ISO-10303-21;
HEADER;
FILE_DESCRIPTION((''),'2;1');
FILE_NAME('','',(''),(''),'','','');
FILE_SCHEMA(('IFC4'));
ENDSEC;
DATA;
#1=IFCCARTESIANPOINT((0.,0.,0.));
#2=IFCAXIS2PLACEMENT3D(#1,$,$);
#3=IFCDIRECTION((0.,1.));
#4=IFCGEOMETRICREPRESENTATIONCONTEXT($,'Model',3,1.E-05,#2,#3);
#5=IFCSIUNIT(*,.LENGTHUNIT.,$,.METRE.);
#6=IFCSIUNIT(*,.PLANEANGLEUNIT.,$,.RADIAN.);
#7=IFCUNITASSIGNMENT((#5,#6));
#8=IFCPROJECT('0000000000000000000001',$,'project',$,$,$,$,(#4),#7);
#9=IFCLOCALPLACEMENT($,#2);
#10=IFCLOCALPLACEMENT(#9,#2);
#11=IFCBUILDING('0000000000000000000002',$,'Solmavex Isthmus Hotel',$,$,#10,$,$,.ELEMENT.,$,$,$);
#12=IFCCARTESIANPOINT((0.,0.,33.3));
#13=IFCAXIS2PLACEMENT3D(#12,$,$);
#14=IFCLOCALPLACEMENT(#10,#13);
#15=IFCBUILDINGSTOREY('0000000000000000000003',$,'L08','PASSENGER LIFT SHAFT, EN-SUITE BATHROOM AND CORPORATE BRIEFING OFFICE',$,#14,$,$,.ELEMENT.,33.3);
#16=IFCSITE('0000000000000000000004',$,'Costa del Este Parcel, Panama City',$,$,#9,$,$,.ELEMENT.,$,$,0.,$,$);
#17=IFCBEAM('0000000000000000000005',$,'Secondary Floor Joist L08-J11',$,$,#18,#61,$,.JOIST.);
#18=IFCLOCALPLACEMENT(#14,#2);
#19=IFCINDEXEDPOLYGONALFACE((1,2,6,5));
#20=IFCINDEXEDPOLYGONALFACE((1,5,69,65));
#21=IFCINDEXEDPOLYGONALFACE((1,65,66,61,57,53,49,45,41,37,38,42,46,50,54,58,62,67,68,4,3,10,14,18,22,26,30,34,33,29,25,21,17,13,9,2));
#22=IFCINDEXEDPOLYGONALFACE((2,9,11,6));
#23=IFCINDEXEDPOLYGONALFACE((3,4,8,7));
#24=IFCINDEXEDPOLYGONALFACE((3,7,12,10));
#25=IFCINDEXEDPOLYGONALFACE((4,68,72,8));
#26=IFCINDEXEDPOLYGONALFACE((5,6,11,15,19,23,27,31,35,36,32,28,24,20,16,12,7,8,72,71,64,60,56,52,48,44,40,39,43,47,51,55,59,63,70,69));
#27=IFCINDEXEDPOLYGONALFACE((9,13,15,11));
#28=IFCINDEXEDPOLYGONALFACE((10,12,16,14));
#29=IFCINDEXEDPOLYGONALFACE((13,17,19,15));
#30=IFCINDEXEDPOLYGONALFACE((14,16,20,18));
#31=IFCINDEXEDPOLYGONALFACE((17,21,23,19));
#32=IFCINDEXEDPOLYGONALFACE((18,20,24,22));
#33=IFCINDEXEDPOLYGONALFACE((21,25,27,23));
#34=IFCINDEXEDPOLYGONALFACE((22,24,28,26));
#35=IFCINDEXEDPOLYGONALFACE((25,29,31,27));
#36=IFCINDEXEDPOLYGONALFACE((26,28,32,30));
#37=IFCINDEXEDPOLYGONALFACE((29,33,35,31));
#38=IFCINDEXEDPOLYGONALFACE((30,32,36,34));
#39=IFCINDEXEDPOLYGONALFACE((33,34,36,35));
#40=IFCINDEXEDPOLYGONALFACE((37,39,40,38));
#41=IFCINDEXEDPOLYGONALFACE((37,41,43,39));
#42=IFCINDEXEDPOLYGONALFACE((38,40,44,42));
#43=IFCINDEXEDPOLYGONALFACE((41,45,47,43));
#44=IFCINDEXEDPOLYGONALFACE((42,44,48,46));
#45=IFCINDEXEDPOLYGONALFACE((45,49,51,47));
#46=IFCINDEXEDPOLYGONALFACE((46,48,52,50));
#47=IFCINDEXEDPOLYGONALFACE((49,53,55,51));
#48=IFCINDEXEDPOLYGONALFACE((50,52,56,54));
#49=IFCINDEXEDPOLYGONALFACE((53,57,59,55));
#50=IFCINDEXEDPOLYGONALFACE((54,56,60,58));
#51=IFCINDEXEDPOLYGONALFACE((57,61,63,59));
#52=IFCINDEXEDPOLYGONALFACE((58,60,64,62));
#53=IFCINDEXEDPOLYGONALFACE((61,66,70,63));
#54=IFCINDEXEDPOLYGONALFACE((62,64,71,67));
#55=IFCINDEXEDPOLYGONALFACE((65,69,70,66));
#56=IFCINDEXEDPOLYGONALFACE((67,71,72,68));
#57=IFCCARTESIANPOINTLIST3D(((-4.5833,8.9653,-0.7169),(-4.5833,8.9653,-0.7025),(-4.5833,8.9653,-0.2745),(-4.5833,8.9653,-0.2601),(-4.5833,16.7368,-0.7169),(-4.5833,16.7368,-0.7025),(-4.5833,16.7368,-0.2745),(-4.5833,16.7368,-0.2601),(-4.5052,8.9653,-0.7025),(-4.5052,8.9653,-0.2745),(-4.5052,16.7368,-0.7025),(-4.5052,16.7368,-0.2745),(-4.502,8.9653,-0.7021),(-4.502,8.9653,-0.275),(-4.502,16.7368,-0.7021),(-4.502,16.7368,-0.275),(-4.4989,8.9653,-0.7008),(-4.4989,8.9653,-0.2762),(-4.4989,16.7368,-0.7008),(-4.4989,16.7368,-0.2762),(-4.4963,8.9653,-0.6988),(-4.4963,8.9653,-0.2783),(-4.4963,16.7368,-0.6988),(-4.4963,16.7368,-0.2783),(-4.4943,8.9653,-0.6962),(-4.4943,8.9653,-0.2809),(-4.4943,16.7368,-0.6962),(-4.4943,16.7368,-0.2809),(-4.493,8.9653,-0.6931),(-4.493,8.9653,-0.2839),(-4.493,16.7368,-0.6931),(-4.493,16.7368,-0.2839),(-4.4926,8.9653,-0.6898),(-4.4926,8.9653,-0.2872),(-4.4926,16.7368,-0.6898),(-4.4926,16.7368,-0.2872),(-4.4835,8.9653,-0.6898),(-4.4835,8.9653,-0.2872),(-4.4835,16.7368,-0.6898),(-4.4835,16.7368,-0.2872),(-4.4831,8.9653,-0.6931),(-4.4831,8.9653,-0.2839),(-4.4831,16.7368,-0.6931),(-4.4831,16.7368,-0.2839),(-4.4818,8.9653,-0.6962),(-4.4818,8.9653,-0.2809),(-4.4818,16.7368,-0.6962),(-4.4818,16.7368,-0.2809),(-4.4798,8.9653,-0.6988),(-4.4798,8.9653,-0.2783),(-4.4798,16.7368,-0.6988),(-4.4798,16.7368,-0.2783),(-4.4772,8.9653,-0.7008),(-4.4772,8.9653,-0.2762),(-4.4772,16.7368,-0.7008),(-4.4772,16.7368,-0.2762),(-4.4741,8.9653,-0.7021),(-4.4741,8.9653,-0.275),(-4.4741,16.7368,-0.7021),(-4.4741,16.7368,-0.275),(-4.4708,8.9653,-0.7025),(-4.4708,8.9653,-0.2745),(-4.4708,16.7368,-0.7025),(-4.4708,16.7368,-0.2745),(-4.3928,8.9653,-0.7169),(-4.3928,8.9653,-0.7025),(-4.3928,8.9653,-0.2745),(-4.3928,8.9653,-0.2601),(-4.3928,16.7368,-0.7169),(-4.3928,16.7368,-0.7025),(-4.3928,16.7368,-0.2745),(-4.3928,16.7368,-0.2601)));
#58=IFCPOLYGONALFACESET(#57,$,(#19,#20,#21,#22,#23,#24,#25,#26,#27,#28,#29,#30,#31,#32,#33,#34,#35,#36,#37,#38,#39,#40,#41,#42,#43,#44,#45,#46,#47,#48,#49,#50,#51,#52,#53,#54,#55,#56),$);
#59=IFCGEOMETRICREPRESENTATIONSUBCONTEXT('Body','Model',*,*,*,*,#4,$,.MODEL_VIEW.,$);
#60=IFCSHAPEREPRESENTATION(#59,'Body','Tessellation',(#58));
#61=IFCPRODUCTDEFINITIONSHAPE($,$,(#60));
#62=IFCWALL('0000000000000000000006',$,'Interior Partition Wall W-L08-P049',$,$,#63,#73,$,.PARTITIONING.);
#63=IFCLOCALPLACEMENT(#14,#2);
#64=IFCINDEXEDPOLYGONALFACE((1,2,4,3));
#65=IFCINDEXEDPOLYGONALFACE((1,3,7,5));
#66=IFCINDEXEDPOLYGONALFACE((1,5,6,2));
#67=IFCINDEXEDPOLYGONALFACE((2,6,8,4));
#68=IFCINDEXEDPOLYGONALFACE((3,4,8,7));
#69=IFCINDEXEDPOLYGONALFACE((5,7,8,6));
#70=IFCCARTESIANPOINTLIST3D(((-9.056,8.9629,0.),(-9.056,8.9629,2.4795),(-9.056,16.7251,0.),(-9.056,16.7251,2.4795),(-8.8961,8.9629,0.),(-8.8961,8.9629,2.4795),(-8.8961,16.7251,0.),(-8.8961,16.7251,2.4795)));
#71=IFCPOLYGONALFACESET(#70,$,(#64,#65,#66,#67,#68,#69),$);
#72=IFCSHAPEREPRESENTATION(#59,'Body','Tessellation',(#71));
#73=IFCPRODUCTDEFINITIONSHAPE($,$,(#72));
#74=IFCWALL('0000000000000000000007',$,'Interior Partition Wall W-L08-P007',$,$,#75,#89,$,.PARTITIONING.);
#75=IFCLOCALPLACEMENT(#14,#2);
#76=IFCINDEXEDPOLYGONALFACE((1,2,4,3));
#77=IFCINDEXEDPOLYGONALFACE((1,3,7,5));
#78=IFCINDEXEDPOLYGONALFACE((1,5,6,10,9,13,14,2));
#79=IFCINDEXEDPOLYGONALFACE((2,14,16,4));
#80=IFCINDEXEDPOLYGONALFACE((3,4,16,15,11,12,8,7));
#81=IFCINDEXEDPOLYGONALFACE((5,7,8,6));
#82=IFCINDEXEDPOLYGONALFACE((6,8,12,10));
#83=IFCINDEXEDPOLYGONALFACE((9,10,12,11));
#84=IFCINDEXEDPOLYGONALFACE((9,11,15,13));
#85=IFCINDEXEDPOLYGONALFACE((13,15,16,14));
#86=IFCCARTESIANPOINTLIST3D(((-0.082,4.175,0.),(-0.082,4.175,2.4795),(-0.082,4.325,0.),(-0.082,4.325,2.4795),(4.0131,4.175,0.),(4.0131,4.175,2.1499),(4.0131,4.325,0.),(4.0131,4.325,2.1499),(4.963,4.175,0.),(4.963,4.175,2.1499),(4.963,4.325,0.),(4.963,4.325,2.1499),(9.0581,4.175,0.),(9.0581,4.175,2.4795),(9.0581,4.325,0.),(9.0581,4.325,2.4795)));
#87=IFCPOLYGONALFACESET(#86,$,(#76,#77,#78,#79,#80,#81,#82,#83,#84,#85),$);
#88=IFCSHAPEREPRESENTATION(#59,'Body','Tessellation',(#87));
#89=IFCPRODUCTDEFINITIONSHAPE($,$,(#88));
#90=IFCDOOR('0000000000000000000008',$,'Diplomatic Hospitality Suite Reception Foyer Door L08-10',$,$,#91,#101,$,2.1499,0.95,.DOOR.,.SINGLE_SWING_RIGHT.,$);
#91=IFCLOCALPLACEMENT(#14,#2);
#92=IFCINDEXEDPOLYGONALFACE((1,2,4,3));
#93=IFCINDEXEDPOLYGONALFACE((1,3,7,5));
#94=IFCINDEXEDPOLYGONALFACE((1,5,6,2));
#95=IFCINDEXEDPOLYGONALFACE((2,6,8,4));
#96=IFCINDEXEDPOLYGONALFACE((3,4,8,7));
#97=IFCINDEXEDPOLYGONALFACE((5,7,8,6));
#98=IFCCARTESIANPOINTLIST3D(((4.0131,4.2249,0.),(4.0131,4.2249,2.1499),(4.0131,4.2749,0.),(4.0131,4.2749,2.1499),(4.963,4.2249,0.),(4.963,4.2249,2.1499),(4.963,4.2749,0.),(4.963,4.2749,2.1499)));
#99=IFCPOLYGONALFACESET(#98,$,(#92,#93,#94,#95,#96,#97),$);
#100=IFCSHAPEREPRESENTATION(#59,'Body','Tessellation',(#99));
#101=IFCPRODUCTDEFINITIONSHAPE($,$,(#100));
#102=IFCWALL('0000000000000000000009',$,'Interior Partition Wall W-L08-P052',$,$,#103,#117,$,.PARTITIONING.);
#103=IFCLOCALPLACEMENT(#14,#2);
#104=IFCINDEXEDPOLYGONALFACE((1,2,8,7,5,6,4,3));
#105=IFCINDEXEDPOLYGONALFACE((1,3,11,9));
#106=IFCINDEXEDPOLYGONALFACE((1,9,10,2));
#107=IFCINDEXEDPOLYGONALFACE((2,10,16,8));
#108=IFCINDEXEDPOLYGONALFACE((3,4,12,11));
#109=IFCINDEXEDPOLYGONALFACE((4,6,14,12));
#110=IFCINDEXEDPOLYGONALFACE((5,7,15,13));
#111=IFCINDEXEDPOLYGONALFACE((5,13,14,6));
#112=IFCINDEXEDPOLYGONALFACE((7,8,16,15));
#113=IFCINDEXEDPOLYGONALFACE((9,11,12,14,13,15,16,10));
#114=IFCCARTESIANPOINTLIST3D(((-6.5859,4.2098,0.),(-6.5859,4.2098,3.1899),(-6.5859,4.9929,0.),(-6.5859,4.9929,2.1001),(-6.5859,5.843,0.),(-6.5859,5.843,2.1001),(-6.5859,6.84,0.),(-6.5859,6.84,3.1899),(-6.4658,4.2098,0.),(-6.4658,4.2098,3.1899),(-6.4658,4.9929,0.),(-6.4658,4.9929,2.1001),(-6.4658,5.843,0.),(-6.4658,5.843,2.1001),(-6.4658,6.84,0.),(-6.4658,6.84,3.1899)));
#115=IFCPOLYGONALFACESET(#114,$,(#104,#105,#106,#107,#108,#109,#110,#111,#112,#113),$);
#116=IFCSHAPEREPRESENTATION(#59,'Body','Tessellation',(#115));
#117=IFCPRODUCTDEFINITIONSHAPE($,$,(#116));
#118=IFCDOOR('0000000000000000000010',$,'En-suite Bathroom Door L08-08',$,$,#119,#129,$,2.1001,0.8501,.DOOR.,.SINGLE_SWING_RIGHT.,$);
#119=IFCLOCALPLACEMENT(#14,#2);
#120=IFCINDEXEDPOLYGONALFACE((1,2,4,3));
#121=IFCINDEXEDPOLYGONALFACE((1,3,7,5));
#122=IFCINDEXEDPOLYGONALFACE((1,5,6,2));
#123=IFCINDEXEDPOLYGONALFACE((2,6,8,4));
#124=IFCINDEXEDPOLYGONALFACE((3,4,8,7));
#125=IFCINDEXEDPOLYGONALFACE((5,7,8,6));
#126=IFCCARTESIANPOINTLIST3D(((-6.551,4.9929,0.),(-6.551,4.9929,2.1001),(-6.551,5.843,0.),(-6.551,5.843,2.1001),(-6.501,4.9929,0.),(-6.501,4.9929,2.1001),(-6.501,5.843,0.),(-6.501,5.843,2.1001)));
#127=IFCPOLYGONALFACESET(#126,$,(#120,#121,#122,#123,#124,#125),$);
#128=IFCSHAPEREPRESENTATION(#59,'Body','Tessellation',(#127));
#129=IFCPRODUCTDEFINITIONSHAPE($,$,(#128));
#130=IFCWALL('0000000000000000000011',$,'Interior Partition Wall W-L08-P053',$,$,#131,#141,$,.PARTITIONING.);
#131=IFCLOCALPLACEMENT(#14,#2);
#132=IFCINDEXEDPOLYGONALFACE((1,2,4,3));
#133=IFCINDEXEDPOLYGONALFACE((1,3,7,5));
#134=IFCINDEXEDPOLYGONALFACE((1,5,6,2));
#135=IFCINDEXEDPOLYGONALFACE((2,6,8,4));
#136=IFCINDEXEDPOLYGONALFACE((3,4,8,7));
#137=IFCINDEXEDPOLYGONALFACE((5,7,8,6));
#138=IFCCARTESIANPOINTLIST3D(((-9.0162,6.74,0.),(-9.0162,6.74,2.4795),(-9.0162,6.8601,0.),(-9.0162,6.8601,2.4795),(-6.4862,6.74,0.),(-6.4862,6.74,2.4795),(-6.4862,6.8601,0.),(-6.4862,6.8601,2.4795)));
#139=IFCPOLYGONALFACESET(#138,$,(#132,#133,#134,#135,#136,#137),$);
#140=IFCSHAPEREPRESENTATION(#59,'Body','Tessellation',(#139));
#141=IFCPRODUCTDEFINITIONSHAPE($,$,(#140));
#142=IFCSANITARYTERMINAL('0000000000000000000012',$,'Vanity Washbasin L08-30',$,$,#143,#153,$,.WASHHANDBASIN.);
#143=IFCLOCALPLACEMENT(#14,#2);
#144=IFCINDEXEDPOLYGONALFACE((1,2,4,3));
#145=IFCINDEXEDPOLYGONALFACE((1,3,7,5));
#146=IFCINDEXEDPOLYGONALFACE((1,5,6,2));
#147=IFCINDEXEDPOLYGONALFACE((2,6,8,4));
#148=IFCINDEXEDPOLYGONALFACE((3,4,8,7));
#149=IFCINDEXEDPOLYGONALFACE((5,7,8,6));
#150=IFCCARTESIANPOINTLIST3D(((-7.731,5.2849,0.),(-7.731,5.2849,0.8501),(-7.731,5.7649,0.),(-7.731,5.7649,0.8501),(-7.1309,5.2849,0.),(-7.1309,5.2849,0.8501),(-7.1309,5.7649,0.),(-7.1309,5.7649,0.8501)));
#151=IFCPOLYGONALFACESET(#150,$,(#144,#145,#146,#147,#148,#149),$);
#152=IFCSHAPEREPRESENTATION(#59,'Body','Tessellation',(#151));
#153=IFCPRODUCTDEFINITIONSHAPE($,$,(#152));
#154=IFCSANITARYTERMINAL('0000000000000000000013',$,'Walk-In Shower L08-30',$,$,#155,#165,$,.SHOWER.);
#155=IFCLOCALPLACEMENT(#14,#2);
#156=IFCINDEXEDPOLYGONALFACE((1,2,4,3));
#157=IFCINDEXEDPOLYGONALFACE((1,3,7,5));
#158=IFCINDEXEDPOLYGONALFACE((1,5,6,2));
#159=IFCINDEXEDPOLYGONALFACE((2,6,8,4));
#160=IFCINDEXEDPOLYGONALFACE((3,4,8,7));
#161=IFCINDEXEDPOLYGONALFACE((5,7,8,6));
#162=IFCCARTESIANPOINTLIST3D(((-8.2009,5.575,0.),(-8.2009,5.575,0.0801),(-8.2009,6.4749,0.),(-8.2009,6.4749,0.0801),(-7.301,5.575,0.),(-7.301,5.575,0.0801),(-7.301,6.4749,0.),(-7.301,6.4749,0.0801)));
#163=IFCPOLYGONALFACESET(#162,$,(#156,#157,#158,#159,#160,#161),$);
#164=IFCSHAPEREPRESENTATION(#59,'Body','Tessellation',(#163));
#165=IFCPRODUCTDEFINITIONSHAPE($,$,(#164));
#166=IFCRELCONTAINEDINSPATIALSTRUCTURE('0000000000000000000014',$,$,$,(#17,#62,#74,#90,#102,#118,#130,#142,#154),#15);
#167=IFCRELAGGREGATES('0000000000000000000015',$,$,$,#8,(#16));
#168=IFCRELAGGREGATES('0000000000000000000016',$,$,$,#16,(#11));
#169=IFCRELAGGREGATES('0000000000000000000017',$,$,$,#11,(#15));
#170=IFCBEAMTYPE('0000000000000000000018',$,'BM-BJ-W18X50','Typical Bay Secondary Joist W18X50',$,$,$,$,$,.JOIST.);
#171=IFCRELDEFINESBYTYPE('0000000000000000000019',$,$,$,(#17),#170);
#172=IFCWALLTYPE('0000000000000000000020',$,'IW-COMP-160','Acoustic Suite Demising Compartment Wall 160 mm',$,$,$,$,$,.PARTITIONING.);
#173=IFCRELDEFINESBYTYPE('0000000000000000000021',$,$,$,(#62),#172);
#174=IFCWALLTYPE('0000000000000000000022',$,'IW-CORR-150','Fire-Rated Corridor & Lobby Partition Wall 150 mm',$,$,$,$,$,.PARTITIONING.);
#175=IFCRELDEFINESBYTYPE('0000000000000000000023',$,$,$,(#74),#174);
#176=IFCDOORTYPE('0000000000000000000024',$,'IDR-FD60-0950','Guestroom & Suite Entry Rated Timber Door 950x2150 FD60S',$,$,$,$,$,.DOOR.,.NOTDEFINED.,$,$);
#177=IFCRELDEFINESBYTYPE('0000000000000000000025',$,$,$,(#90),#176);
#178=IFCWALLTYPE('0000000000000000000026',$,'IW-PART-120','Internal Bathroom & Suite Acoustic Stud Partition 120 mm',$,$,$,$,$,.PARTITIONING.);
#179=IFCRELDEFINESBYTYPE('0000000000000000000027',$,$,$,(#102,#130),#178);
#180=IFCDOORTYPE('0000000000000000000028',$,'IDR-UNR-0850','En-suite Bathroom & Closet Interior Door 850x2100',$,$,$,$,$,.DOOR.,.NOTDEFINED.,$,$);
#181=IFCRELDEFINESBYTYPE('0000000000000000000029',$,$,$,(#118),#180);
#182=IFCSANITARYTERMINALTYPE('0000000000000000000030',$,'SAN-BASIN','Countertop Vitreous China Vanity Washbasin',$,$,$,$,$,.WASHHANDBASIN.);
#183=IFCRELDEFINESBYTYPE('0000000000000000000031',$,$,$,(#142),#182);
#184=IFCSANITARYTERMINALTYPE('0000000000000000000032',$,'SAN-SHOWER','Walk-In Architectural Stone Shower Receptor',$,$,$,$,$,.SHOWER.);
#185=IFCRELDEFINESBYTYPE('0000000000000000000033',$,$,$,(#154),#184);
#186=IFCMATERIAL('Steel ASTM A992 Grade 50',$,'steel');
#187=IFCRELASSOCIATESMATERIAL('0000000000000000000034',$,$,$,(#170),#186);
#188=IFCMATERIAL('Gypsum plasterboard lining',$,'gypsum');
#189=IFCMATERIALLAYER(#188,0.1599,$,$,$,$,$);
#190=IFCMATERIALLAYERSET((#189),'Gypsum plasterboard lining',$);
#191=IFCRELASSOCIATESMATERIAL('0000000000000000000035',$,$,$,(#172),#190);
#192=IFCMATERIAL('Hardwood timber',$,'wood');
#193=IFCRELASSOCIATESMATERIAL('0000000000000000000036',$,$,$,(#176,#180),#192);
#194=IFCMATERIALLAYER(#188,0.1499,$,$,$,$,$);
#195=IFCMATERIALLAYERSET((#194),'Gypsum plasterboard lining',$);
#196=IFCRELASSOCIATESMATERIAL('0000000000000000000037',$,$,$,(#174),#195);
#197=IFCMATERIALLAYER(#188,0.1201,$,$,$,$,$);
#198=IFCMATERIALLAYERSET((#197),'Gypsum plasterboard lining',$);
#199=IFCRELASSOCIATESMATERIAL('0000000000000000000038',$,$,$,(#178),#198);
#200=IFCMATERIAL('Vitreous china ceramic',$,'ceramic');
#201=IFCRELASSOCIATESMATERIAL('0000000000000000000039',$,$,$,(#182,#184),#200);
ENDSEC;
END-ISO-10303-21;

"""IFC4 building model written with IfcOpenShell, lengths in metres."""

from ifc_helpers import new_model, si_unit, direction, frame, frame_2d, origin, origin_2d, place, context, subcontext, project, spatial, rectangle, i_section, extrude, material, layer, layer_set, material_profile, profile_set, type_object, element, fill, save


model = new_model("IFC4")

# Units and contexts
model_context = context("Model", 3, precision=1e-05, world=origin(), true_north=direction((0.0, 1.0)))
body_context = subcontext(model_context, "Body", "Model", "MODEL_VIEW")
ifc_project = project(units=[si_unit("LENGTHUNIT", "METRE"), si_unit("PLANEANGLEUNIT", "RADIAN")], contexts=[model_context])

# Site, building, storey
site_placement = place(None, origin())
site = spatial("IfcSite", under=ifc_project, at=site_placement, Name="Costa del Este Parcel, Panama City", CompositionType="ELEMENT", RefElevation=0.0)
building_placement = place(site_placement, origin())
building = spatial("IfcBuilding", under=site, at=building_placement, Name="Solmavex Isthmus Hotel", CompositionType="ELEMENT")
storey_placement = place(building_placement, frame((0.0, 0.0, 33.3)))
storey = spatial("IfcBuildingStorey", under=building, at=storey_placement, Name="L08", Description="PASSENGER LIFT SHAFT, EN-SUITE BATHROOM AND CORPORATE BRIEFING OFFICE", CompositionType="ELEMENT", Elevation=33.3)

# Beam
ifc_material_1 = material(Name="Steel ASTM A992 Grade 50", Category="steel")
ifc_material_profile_1 = material_profile(ifc_material_1, i_section(OverallWidth=0.1904, OverallDepth=0.4568, WebThickness=0.009, FlangeThickness=0.0144, FilletRadius=0.0127, at=origin_2d()), Name="W18X50")
ifc_profile_set_1 = profile_set([ifc_material_profile_1], Name="Steel ASTM A992 Grade 50")
beam_type_1 = type_object("IfcBeamType", Name="BM-BJ-W18X50", Description="Typical Bay Secondary Joist W18X50", PredefinedType="JOIST", material=ifc_profile_set_1)
beam_1_placement = place(storey_placement, frame((-4.488, 8.9653, -0.4885), z_axis=(0.0, 1.0, 0.0), x_axis=(-1.0, 0.0, 0.0)))
element("IfcBeam", 1, at=beam_1_placement, inside=storey, type_object=beam_type_1, Name="Secondary Floor Joist L08-J11", PredefinedType="JOIST", context=body_context, shape_type="SweptSolid", body=[
    extrude(i_section(OverallWidth=0.1904, OverallDepth=0.4568, WebThickness=0.009, FlangeThickness=0.0144, FilletRadius=0.0127, at=origin_2d()), origin(), (0.0, 0.0, 1.0), 7.7715),
])

# Wall
ifc_material_2 = material(Name="Gypsum plasterboard lining", Category="gypsum")
ifc_layer_1 = layer(ifc_material_2, 0.1599)
ifc_layer_set_1 = layer_set([ifc_layer_1], Name="Gypsum plasterboard lining")
wall_type_1 = type_object("IfcWallType", Name="IW-COMP-160", Description="Acoustic Suite Demising Compartment Wall 160 mm", PredefinedType="PARTITIONING", material=ifc_layer_set_1)
wall_1_placement = place(storey_placement, frame((-8.9761, 16.7251, 0.0), z_axis=(0.0, 0.0, 1.0), x_axis=(0.0, -1.0, 0.0)))
element("IfcWall", 2, at=wall_1_placement, inside=storey, type_object=wall_type_1, Name="Interior Partition Wall W-L08-P049", PredefinedType="PARTITIONING", context=body_context, shape_type="SweptSolid", body=[
    extrude(rectangle(XDim=7.7622, YDim=0.1599, at=frame_2d((3.8811, 0.0))), origin(), (0.0, 0.0, 1.0), 2.4795),
])

# Walls, openings, doors
ifc_material_3 = material(Name="Hardwood timber", Category="wood")
door_type_1 = type_object("IfcDoorType", Name="IDR-FD60-0950", Description="Guestroom & Suite Entry Rated Timber Door 950x2150 FD60S", OperationType="NOTDEFINED", PredefinedType="DOOR", material=ifc_material_3)
ifc_layer_2 = layer(ifc_material_2, 0.1499)
ifc_layer_set_2 = layer_set([ifc_layer_2], Name="Gypsum plasterboard lining")
wall_type_2 = type_object("IfcWallType", Name="IW-CORR-150", Description="Fire-Rated Corridor & Lobby Partition Wall 150 mm", PredefinedType="PARTITIONING", material=ifc_layer_set_2)
wall_2_placement = place(storey_placement, frame((-0.082, 4.25, 0.0), z_axis=(0.0, 0.0, 1.0), x_axis=(1.0, 0.0, 0.0)))
wall_2 = element("IfcWall", 3, at=wall_2_placement, inside=storey, type_object=wall_type_2, Name="Interior Partition Wall W-L08-P007", PredefinedType="PARTITIONING", context=body_context, shape_type="SweptSolid", body=[
    extrude(rectangle(XDim=9.1401, YDim=0.1499, at=frame_2d((4.5701, 0.0))), origin(), (0.0, 0.0, 1.0), 2.4795),
])
opening_1_placement = place(wall_2_placement, frame((4.095, 0.0, 0.0)))
opening_1 = element("IfcOpeningElement", 4, at=opening_1_placement, cuts=wall_2, PredefinedType="OPENING", context=body_context, shape_type="SweptSolid", body=[
    extrude(rectangle(XDim=0.95, YDim=2.1499, at=frame_2d((0.4751, 1.075))), frame((0.0, 0.085, 0.0), z_axis=(0.0, -1.0, 0.0), x_axis=(1.0, 0.0, 0.0)), (0.0, 0.0, 1.0), 0.1699),
])
door_1_placement = place(opening_1_placement, origin())
door_1 = element("IfcDoor", 5, at=door_1_placement, inside=storey, type_object=door_type_1, Name="Diplomatic Hospitality Suite Reception Foyer Door L08-10", OperationType="SINGLE_SWING_RIGHT", OverallHeight=2.1499, OverallWidth=0.95, PredefinedType="DOOR", context=body_context, shape_type="SweptSolid", body=[
    extrude(rectangle(XDim=0.95, YDim=2.1499, at=frame_2d((0.4751, 1.075))), frame((0.0, 0.0249, 0.0), z_axis=(0.0, -1.0, 0.0), x_axis=(1.0, 0.0, 0.0)), (0.0, 0.0, 1.0), 0.05),
])
fill(opening_1, door_1)
ifc_layer_3 = layer(ifc_material_2, 0.1201)
ifc_layer_set_3 = layer_set([ifc_layer_3], Name="Gypsum plasterboard lining")
wall_type_3 = type_object("IfcWallType", Name="IW-PART-120", Description="Internal Bathroom & Suite Acoustic Stud Partition 120 mm", PredefinedType="PARTITIONING", material=ifc_layer_set_3)
wall_3_placement = place(storey_placement, frame((-6.5259, 4.21, 0.0), z_axis=(0.0, 0.0, 1.0), x_axis=(0.0, 1.0, 0.0)))
wall_3 = element("IfcWall", 6, at=wall_3_placement, inside=storey, type_object=wall_type_3, Name="Interior Partition Wall W-L08-P052", PredefinedType="PARTITIONING", context=body_context, shape_type="SweptSolid", body=[
    extrude(rectangle(XDim=2.6301, YDim=0.1201, at=frame_2d((1.3149, 0.0))), origin(), (0.0, 0.0, 1.0), 3.1899),
])
opening_2_placement = place(wall_3_placement, frame((0.783, 0.0, 0.0)))
opening_2 = element("IfcOpeningElement", 7, at=opening_2_placement, cuts=wall_3, PredefinedType="OPENING", context=body_context, shape_type="SweptSolid", body=[
    extrude(rectangle(XDim=0.8501, YDim=2.1001, at=frame_2d((0.425, 1.05))), frame((0.0, 0.0701, 0.0), z_axis=(0.0, -1.0, 0.0), x_axis=(1.0, 0.0, 0.0)), (0.0, 0.0, 1.0), 0.1401),
])
door_type_2 = type_object("IfcDoorType", Name="IDR-UNR-0850", Description="En-suite Bathroom & Closet Interior Door 850x2100", OperationType="NOTDEFINED", PredefinedType="DOOR", material=ifc_material_3)
door_2_placement = place(opening_2_placement, frame((0.8501, 0.0, 0.0), z_axis=(0.0, 0.0, 1.0), x_axis=(-1.0, 0.0, 0.0)))
door_2 = element("IfcDoor", 8, at=door_2_placement, inside=storey, type_object=door_type_2, Name="En-suite Bathroom Door L08-08", OperationType="SINGLE_SWING_RIGHT", OverallHeight=2.1001, OverallWidth=0.8501, PredefinedType="DOOR", context=body_context, shape_type="SweptSolid", body=[
    extrude(rectangle(XDim=0.8501, YDim=2.1001, at=frame_2d((0.425, 1.05))), frame((0.0, 0.0249, 0.0), z_axis=(0.0, -1.0, 0.0), x_axis=(1.0, 0.0, 0.0)), (0.0, 0.0, 1.0), 0.05),
])
fill(opening_2, door_2)

# Wall
wall_4_placement = place(storey_placement, frame((-6.4861, 6.8, 0.0), z_axis=(0.0, 0.0, 1.0), x_axis=(-1.0, 0.0, 0.0)))
element("IfcWall", 9, at=wall_4_placement, inside=storey, type_object=wall_type_3, Name="Interior Partition Wall W-L08-P053", PredefinedType="PARTITIONING", context=body_context, shape_type="SweptSolid", body=[
    extrude(rectangle(XDim=2.53, YDim=0.1201, at=frame_2d((1.2651, 0.0))), origin(), (0.0, 0.0, 1.0), 2.4795),
])

# Sanitary terminals
ifc_material_4 = material(Name="Vitreous china ceramic", Category="ceramic")
sanitary_terminal_type_1 = type_object("IfcSanitaryTerminalType", Name="SAN-BASIN", Description="Countertop Vitreous China Vanity Washbasin", PredefinedType="WASHHANDBASIN", material=ifc_material_4)
sanitary_terminal_1_placement = place(storey_placement, frame((-7.4309, 5.5249, 0.0), z_axis=(0.0, 0.0, 1.0), x_axis=(1.0, 0.0, 0.0)))
element("IfcSanitaryTerminal", 10, at=sanitary_terminal_1_placement, inside=storey, type_object=sanitary_terminal_type_1, Name="Vanity Washbasin L08-30", PredefinedType="WASHHANDBASIN", context=body_context, shape_type="SweptSolid", body=[
    extrude(rectangle(XDim=0.6001, YDim=0.48, at=origin_2d()), origin(), (0.0, 0.0, 1.0), 0.8501),
])
sanitary_terminal_type_2 = type_object("IfcSanitaryTerminalType", Name="SAN-SHOWER", Description="Walk-In Architectural Stone Shower Receptor", PredefinedType="SHOWER", material=ifc_material_4)
sanitary_terminal_2_placement = place(storey_placement, frame((-7.751, 6.0249, 0.0), z_axis=(0.0, 0.0, 1.0), x_axis=(1.0, 0.0, 0.0)))
element("IfcSanitaryTerminal", 11, at=sanitary_terminal_2_placement, inside=storey, type_object=sanitary_terminal_type_2, Name="Walk-In Shower L08-30", PredefinedType="SHOWER", context=body_context, shape_type="SweptSolid", body=[
    extrude(rectangle(XDim=0.8999, YDim=0.8999, at=origin_2d()), origin(), (0.0, 0.0, 1.0), 0.0801),
])

save(model, "model.ifc")
